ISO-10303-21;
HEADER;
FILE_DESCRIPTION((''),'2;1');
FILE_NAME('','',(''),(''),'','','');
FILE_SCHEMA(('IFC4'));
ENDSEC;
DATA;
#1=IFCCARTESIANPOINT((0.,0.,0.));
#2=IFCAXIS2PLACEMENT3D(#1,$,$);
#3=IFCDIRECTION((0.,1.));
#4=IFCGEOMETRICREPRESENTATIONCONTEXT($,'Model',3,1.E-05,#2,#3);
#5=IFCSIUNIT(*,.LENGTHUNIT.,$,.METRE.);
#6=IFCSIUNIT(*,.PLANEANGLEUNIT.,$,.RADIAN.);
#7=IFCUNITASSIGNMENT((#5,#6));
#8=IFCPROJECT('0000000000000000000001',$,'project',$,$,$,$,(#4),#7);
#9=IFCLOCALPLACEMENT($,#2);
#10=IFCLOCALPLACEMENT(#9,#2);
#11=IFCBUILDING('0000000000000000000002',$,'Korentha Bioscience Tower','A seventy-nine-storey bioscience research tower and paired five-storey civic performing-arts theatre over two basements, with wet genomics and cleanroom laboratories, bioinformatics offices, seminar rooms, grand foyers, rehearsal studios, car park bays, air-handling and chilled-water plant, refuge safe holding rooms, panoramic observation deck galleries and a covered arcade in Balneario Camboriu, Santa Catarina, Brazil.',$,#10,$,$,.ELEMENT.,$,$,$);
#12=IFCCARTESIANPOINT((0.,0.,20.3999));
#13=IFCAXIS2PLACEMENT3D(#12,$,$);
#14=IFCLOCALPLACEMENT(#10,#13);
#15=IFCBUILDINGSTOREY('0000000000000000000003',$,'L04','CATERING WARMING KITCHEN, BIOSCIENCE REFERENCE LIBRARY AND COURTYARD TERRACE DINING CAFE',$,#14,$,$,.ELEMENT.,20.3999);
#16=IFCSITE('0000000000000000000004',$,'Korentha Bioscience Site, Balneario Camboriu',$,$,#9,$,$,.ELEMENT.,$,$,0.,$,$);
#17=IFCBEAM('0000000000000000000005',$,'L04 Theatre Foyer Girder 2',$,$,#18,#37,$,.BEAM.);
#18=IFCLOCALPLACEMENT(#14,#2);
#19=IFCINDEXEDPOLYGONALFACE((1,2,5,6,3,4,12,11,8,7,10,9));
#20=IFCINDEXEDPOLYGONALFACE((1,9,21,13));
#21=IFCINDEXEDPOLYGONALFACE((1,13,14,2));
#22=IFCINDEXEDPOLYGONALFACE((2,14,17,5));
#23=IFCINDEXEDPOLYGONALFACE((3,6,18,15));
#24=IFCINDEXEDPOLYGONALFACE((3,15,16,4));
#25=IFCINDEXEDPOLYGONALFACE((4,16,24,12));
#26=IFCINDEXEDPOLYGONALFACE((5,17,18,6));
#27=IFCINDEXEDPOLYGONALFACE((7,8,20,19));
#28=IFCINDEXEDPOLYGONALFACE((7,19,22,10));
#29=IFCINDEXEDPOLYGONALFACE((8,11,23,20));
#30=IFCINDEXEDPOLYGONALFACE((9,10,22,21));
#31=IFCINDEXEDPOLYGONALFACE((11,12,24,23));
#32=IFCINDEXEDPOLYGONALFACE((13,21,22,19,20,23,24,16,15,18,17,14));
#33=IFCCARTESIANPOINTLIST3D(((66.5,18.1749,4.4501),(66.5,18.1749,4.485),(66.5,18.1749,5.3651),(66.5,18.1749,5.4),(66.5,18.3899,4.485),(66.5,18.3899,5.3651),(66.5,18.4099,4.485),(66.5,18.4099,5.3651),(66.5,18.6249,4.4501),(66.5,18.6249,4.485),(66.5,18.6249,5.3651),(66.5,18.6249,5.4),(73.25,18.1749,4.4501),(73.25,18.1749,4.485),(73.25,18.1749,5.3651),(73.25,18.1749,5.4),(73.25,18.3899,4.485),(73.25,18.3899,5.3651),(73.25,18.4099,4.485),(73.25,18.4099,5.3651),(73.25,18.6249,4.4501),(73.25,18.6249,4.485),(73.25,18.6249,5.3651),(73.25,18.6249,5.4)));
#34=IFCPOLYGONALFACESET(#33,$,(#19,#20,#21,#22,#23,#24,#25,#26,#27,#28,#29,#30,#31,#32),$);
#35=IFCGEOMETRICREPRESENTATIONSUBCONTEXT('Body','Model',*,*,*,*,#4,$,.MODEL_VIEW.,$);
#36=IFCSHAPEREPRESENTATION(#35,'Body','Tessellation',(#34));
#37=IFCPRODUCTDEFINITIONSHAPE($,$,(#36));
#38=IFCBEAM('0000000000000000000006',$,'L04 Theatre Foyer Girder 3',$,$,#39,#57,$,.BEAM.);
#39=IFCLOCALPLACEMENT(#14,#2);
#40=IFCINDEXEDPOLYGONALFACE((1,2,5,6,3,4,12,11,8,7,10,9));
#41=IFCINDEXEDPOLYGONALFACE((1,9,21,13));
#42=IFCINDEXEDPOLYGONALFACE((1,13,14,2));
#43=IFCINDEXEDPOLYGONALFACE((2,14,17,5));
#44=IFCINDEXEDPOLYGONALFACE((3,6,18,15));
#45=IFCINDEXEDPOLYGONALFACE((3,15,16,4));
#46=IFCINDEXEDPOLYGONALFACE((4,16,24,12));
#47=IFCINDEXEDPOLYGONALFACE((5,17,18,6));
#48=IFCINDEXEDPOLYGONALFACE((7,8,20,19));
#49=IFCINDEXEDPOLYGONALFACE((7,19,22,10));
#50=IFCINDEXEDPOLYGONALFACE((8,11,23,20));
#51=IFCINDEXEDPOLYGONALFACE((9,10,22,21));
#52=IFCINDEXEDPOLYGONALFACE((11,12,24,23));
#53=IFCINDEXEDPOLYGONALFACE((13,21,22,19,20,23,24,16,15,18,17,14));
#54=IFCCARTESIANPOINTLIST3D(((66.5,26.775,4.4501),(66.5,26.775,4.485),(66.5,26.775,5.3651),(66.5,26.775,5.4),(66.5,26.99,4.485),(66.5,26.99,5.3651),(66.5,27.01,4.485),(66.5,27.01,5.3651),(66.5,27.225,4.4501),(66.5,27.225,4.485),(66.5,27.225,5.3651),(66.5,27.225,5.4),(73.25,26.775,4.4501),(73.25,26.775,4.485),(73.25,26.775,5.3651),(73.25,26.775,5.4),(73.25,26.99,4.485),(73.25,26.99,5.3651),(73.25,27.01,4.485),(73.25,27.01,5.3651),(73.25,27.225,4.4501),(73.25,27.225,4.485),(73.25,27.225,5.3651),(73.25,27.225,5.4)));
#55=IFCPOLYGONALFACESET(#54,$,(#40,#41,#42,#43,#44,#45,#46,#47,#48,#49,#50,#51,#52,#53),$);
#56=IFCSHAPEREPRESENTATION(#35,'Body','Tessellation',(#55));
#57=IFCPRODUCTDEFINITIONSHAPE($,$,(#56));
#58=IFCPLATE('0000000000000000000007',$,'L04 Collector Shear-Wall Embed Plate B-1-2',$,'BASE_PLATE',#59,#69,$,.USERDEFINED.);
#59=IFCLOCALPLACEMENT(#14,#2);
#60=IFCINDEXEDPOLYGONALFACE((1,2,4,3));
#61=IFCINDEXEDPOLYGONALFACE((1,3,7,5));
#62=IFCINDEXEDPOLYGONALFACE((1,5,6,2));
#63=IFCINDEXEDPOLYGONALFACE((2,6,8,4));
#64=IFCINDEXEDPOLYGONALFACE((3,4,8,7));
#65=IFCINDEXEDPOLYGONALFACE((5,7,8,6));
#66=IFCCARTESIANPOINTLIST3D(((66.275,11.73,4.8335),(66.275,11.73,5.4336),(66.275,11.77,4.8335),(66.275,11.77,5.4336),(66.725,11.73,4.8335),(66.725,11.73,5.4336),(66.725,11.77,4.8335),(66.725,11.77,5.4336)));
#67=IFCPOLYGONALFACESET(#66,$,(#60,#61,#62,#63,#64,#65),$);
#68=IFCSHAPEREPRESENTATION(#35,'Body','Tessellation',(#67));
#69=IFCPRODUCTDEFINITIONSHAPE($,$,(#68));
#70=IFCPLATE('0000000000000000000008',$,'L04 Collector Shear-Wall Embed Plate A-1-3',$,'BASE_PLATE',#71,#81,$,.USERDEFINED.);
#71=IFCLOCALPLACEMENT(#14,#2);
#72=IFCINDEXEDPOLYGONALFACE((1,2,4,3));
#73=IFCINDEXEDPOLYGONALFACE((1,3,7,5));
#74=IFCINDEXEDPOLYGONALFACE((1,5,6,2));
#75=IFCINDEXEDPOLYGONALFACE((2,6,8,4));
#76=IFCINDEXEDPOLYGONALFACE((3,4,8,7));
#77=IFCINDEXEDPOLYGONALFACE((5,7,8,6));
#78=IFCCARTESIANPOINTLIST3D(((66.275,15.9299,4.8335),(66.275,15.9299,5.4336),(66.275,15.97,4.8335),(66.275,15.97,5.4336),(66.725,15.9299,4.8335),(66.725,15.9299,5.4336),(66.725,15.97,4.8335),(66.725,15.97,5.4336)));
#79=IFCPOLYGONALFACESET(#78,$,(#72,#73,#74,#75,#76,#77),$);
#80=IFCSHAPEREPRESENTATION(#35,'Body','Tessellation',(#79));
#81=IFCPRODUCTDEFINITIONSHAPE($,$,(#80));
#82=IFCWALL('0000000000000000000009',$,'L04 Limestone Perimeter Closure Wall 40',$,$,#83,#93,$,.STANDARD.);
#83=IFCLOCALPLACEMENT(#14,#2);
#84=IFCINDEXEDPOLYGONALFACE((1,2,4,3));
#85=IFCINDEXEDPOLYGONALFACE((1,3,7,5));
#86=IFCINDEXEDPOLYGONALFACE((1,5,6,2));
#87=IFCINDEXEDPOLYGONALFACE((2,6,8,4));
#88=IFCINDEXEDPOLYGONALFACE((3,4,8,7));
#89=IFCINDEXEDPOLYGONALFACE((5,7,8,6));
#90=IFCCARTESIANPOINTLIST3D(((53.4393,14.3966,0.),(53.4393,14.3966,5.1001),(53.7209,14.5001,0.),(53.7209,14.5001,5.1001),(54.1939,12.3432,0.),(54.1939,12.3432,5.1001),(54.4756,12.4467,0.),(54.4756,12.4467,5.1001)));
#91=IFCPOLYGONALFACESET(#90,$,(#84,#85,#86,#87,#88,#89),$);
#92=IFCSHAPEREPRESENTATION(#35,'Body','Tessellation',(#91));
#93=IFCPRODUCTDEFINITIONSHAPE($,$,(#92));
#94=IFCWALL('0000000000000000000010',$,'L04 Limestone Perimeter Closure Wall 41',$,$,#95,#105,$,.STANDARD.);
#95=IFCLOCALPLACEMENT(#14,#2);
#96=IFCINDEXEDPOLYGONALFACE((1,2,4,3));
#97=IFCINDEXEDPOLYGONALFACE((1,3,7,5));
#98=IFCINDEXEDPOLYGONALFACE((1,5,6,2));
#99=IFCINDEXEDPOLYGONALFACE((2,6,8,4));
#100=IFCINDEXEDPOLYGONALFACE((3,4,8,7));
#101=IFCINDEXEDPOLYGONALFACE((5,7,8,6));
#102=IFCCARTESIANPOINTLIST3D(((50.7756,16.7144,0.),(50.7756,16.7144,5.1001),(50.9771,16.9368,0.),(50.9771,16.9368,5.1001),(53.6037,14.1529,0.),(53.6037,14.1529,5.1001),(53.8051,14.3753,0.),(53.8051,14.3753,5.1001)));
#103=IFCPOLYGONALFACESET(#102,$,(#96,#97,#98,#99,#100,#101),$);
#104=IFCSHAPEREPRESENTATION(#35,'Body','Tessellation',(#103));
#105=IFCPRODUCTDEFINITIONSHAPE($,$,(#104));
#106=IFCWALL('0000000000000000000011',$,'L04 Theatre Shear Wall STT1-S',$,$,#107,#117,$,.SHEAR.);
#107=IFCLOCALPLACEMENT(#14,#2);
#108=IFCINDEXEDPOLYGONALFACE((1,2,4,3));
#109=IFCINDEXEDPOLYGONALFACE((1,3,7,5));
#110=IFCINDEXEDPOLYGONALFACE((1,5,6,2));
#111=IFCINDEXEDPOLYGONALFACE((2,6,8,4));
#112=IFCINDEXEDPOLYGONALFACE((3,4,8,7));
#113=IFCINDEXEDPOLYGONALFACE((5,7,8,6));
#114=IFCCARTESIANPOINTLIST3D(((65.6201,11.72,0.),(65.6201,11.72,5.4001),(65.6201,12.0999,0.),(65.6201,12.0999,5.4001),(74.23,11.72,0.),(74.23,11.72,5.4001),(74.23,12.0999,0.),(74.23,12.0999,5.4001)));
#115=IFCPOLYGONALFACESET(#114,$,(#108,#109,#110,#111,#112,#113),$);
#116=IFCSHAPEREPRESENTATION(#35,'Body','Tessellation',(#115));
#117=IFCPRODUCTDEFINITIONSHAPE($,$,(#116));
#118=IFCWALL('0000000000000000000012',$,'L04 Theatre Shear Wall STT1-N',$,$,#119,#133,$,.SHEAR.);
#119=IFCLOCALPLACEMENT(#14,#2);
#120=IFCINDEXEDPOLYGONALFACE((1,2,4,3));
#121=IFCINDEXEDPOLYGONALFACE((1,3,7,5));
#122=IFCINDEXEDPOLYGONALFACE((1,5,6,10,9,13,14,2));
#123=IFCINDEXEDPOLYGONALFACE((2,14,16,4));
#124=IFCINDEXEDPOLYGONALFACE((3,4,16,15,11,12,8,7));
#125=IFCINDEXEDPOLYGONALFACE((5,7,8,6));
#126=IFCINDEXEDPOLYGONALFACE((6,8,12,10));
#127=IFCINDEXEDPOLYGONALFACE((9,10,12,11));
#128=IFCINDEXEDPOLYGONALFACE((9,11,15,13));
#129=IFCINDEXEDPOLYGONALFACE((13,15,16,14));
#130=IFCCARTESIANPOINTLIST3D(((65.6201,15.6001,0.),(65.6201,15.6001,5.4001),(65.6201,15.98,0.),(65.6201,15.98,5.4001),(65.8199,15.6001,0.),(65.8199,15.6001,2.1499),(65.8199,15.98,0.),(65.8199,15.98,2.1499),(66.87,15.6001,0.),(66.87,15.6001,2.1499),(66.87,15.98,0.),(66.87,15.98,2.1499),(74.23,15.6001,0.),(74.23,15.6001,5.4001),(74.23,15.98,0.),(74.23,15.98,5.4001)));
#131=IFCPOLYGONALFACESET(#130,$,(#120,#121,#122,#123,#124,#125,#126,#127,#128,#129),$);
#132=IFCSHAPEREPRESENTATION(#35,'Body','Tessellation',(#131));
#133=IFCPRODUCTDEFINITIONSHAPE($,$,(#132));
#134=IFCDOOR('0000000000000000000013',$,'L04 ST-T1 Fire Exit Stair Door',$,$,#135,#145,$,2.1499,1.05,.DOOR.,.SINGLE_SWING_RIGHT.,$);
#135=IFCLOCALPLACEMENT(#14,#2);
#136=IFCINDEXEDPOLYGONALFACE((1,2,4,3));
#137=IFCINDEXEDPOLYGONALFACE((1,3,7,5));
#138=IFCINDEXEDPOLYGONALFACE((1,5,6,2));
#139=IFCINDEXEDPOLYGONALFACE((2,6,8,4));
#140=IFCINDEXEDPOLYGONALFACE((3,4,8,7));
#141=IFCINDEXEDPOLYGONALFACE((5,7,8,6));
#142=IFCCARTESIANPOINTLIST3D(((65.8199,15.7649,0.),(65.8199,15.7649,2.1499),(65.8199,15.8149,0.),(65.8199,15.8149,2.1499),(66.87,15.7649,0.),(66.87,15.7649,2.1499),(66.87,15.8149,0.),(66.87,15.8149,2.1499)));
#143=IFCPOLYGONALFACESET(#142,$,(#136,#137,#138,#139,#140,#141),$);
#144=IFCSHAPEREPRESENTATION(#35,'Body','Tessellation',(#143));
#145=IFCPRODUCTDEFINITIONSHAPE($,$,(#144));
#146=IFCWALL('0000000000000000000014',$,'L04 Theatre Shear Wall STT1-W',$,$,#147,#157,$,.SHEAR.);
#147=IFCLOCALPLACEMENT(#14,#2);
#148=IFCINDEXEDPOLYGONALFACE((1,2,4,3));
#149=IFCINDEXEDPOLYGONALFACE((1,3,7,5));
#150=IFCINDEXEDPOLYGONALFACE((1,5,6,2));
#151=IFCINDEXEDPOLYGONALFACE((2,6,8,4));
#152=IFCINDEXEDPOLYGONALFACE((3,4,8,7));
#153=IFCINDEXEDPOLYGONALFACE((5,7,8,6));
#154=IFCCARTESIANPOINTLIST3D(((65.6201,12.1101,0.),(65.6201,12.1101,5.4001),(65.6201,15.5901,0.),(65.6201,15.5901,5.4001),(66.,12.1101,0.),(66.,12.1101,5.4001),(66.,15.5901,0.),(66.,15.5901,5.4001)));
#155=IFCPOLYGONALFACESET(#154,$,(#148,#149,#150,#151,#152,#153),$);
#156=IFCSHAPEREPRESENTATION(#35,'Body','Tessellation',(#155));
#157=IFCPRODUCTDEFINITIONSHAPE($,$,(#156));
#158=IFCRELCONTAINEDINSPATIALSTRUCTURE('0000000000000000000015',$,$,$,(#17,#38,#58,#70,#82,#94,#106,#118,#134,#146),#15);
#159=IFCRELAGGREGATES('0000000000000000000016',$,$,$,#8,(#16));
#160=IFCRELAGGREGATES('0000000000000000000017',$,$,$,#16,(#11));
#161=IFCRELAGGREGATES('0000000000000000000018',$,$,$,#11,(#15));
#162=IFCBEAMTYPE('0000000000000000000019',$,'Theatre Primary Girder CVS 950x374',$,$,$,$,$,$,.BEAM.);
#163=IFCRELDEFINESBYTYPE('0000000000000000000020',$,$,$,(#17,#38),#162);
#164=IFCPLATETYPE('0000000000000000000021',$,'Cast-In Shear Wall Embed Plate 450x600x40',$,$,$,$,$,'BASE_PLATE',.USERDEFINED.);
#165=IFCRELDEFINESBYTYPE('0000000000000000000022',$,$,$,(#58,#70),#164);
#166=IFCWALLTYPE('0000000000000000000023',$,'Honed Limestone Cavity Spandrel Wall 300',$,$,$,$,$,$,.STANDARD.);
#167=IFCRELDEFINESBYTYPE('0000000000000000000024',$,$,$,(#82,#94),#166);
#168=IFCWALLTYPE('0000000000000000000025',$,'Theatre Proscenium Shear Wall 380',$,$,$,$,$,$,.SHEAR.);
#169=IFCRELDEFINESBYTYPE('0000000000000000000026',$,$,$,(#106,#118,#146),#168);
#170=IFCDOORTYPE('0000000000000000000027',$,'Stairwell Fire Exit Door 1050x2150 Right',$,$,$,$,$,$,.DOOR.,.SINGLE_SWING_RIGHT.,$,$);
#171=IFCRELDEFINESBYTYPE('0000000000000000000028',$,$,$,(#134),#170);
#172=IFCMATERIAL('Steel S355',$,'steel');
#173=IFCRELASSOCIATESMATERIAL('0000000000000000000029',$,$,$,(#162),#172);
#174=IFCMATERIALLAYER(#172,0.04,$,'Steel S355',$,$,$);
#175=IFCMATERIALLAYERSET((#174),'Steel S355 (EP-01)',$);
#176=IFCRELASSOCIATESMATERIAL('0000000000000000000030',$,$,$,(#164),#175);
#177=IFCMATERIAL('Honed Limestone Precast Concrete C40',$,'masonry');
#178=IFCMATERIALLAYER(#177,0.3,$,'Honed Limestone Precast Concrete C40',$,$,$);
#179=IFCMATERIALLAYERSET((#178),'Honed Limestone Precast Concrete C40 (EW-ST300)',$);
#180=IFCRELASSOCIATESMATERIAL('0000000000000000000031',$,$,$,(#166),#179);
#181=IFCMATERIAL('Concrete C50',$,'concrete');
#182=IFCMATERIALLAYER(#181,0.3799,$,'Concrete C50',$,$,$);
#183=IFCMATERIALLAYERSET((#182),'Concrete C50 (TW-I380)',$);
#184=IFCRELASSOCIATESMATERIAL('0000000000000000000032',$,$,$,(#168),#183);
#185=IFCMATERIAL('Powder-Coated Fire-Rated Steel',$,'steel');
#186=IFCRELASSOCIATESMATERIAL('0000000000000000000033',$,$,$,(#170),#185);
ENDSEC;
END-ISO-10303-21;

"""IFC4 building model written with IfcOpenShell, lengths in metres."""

from ifc_helpers import new_model, si_unit, direction, frame, frame_2d, origin, origin_2d, place, context, subcontext, project, spatial, rectangle, i_section, extrude, material, layer, layer_set, material_profile, profile_set, type_object, element, fill, save


model = new_model("IFC4")

# Units and contexts
model_context = context("Model", 3, precision=1e-05, world=origin(), true_north=direction((0.0, 1.0)))
body_context = subcontext(model_context, "Body", "Model", "MODEL_VIEW")
ifc_project = project(units=[si_unit("LENGTHUNIT", "METRE"), si_unit("PLANEANGLEUNIT", "RADIAN")], contexts=[model_context])

# Site, building, storey
site_placement = place(None, origin())
site = spatial("IfcSite", under=ifc_project, at=site_placement, Name="Korentha Bioscience Site, Balneario Camboriu", CompositionType="ELEMENT", RefElevation=0.0)
building_placement = place(site_placement, origin())
building = spatial("IfcBuilding", under=site, at=building_placement, Name="Korentha Bioscience Tower", Description="A seventy-nine-storey bioscience research tower and paired five-storey civic performing-arts theatre over two basements, with wet genomics and cleanroom laboratories, bioinformatics offices, seminar rooms, grand foyers, rehearsal studios, car park bays, air-handling and chilled-water plant, refuge safe holding rooms, panoramic observation deck galleries and a covered arcade in Balneario Camboriu, Santa Catarina, Brazil.", CompositionType="ELEMENT")
storey_placement = place(building_placement, frame((0.0, 0.0, 20.3999)))
storey = spatial("IfcBuildingStorey", under=building, at=storey_placement, Name="L04", Description="CATERING WARMING KITCHEN, BIOSCIENCE REFERENCE LIBRARY AND COURTYARD TERRACE DINING CAFE", CompositionType="ELEMENT", Elevation=20.3999)

# Shared definitions
ifc_material_1 = material(Name="Concrete C50", Category="concrete")

# Beams
ifc_material_2 = material(Name="Steel S355", Category="steel")
ifc_material_profile_1 = material_profile(ifc_material_2, i_section(OverallWidth=0.45, OverallDepth=0.95, WebThickness=0.02, FlangeThickness=0.0349, at=origin_2d()), Name="Steel S355")
ifc_profile_set_1 = profile_set([ifc_material_profile_1], Name="Steel S355 (TB-950)")
beam_type_1 = type_object("IfcBeamType", Name="Theatre Primary Girder CVS 950x374", PredefinedType="BEAM", material=ifc_profile_set_1)
for number, where, z_axis, x_axis, name in (
    (1, (66.5, 18.3999, 4.925), (1.0, 0.0, 0.0), (0.0, 1.0, 0.0), "L04 Theatre Foyer Girder 2"),
    (2, (66.5, 27.0, 4.925), (1.0, 0.0, 0.0), (0.0, 1.0, 0.0), "L04 Theatre Foyer Girder 3"),
):
    element("IfcBeam", number, at=place(storey_placement, frame(where, z_axis=z_axis, x_axis=x_axis)), inside=storey, type_object=beam_type_1, Name=name, PredefinedType="BEAM", context=body_context, shape_type="SweptSolid", body=[
        extrude(i_section(OverallWidth=0.45, OverallDepth=0.95, WebThickness=0.02, FlangeThickness=0.0349, at=origin_2d()), origin(), (0.0, 0.0, 1.0), 6.75),
    ])

# Plates
ifc_layer_1 = layer(ifc_material_2, 0.04, Name="Steel S355")
ifc_layer_set_1 = layer_set([ifc_layer_1], Name="Steel S355 (EP-01)")
plate_type = type_object("IfcPlateType", Name="Cast-In Shear Wall Embed Plate 450x600x40", ElementType="BASE_PLATE", PredefinedType="USERDEFINED", material=ifc_layer_set_1)
for number, where, z_axis, x_axis, name in (
    (3, (66.5, 11.75, 4.8335), (0.0, 0.0, 1.0), (1.0, 0.0, 0.0), "L04 Collector Shear-Wall Embed Plate B-1-2"),
    (4, (66.5, 15.95, 4.8335), (0.0, 0.0, 1.0), (1.0, 0.0, 0.0), "L04 Collector Shear-Wall Embed Plate A-1-3"),
):
    element("IfcPlate", number, at=place(storey_placement, frame(where, z_axis=z_axis, x_axis=x_axis)), inside=storey, type_object=plate_type, Name=name, ObjectType="BASE_PLATE", PredefinedType="USERDEFINED", context=body_context, shape_type="SweptSolid", body=[
        extrude(rectangle(XDim=0.45, YDim=0.04, at=origin_2d()), origin(), (0.0, 0.0, 1.0), 0.6001),
    ])

# Walls
ifc_material_3 = material(Name="Honed Limestone Precast Concrete C40", Category="masonry")
ifc_layer_2 = layer(ifc_material_3, 0.3, Name="Honed Limestone Precast Concrete C40")
ifc_layer_set_2 = layer_set([ifc_layer_2], Name="Honed Limestone Precast Concrete C40 (EW-ST300)")
wall_type_1 = type_object("IfcWallType", Name="Honed Limestone Cavity Spandrel Wall 300", PredefinedType="STANDARD", material=ifc_layer_set_2)
wall_1_placement = place(storey_placement, frame((54.3347, 12.395, 0.0), z_axis=(0.0, 0.0, 1.0), x_axis=(-0.34494, 0.938625, 0.0)))
element("IfcWall", 5, at=wall_1_placement, inside=storey, type_object=wall_type_1, Name="L04 Limestone Perimeter Closure Wall 40", PredefinedType="STANDARD", context=body_context, shape_type="SweptSolid", body=[
    extrude(rectangle(XDim=2.1877, YDim=0.3, at=frame_2d((1.0938, 0.0))), origin(), (0.0, 0.0, 1.0), 5.1001),
])
wall_2_placement = place(storey_placement, frame((53.7043, 14.2642, 0.0), z_axis=(0.0, 0.0, 1.0), x_axis=(-0.741178, 0.671309, 0.0)))
element("IfcWall", 6, at=wall_2_placement, inside=storey, type_object=wall_type_1, Name="L04 Limestone Perimeter Closure Wall 41", PredefinedType="STANDARD", context=body_context, shape_type="SweptSolid", body=[
    extrude(rectangle(XDim=3.8157, YDim=0.3, at=frame_2d((1.9077, 0.0))), origin(), (0.0, 0.0, 1.0), 5.1001),
])
ifc_layer_3 = layer(ifc_material_1, 0.3799, Name="Concrete C50")
ifc_layer_set_3 = layer_set([ifc_layer_3], Name="Concrete C50 (TW-I380)")
wall_type_2 = type_object("IfcWallType", Name="Theatre Proscenium Shear Wall 380", PredefinedType="SHEAR", material=ifc_layer_set_3)
wall_3_placement = place(storey_placement, frame((65.6201, 11.9099, 0.0), z_axis=(0.0, 0.0, 1.0), x_axis=(1.0, 0.0, 0.0)))
element("IfcWall", 7, at=wall_3_placement, inside=storey, type_object=wall_type_2, Name="L04 Theatre Shear Wall STT1-S", PredefinedType="SHEAR", context=body_context, shape_type="SweptSolid", body=[
    extrude(rectangle(XDim=8.6099, YDim=0.3799, at=frame_2d((4.3049, 0.0))), origin(), (0.0, 0.0, 1.0), 5.4001),
])

# Wall, opening, door
wall_4_placement = place(storey_placement, frame((65.6201, 15.79, 0.0), z_axis=(0.0, 0.0, 1.0), x_axis=(1.0, 0.0, 0.0)))
wall_4 = element("IfcWall", 8, at=wall_4_placement, inside=storey, type_object=wall_type_2, Name="L04 Theatre Shear Wall STT1-N", PredefinedType="SHEAR", context=body_context, shape_type="SweptSolid", body=[
    extrude(rectangle(XDim=8.6099, YDim=0.3799, at=frame_2d((4.3049, 0.0))), origin(), (0.0, 0.0, 1.0), 5.4001),
])
opening_placement = place(wall_4_placement, frame((0.2, 0.0, 0.0)))
opening = element("IfcOpeningElement", 9, at=opening_placement, cuts=wall_4, PredefinedType="OPENING", context=body_context, shape_type="SweptSolid", body=[
    extrude(rectangle(XDim=1.05, YDim=2.1499, at=frame_2d((0.5249, 1.075))), frame((0.0, 0.2048, 0.0), z_axis=(0.0, -1.0, 0.0), x_axis=(1.0, 0.0, 0.0)), (0.0, 0.0, 1.0), 0.4097),
])
ifc_material_4 = material(Name="Powder-Coated Fire-Rated Steel", Category="steel")
door_type = type_object("IfcDoorType", Name="Stairwell Fire Exit Door 1050x2150 Right", OperationType="SINGLE_SWING_RIGHT", PredefinedType="DOOR", material=ifc_material_4)
door_placement = place(opening_placement, origin())
door = element("IfcDoor", 10, at=door_placement, inside=storey, type_object=door_type, Name="L04 ST-T1 Fire Exit Stair Door", OperationType="SINGLE_SWING_RIGHT", OverallHeight=2.1499, OverallWidth=1.05, PredefinedType="DOOR", context=body_context, shape_type="SweptSolid", body=[
    extrude(rectangle(XDim=1.05, YDim=2.1499, at=frame_2d((0.5249, 1.075))), frame((0.0, 0.0249, 0.0), z_axis=(0.0, -1.0, 0.0), x_axis=(1.0, 0.0, 0.0)), (0.0, 0.0, 1.0), 0.05),
])
fill(opening, door)

# Wall
wall_5_placement = place(storey_placement, frame((65.8101, 12.1101, 0.0), z_axis=(0.0, 0.0, 1.0), x_axis=(0.0, 1.0, 0.0)))
element("IfcWall", 11, at=wall_5_placement, inside=storey, type_object=wall_type_2, Name="L04 Theatre Shear Wall STT1-W", PredefinedType="SHEAR", context=body_context, shape_type="SweptSolid", body=[
    extrude(rectangle(XDim=3.48, YDim=0.3799, at=frame_2d((1.74, 0.0))), origin(), (0.0, 0.0, 1.0), 5.4001),
])

save(model, "model.ifc")
